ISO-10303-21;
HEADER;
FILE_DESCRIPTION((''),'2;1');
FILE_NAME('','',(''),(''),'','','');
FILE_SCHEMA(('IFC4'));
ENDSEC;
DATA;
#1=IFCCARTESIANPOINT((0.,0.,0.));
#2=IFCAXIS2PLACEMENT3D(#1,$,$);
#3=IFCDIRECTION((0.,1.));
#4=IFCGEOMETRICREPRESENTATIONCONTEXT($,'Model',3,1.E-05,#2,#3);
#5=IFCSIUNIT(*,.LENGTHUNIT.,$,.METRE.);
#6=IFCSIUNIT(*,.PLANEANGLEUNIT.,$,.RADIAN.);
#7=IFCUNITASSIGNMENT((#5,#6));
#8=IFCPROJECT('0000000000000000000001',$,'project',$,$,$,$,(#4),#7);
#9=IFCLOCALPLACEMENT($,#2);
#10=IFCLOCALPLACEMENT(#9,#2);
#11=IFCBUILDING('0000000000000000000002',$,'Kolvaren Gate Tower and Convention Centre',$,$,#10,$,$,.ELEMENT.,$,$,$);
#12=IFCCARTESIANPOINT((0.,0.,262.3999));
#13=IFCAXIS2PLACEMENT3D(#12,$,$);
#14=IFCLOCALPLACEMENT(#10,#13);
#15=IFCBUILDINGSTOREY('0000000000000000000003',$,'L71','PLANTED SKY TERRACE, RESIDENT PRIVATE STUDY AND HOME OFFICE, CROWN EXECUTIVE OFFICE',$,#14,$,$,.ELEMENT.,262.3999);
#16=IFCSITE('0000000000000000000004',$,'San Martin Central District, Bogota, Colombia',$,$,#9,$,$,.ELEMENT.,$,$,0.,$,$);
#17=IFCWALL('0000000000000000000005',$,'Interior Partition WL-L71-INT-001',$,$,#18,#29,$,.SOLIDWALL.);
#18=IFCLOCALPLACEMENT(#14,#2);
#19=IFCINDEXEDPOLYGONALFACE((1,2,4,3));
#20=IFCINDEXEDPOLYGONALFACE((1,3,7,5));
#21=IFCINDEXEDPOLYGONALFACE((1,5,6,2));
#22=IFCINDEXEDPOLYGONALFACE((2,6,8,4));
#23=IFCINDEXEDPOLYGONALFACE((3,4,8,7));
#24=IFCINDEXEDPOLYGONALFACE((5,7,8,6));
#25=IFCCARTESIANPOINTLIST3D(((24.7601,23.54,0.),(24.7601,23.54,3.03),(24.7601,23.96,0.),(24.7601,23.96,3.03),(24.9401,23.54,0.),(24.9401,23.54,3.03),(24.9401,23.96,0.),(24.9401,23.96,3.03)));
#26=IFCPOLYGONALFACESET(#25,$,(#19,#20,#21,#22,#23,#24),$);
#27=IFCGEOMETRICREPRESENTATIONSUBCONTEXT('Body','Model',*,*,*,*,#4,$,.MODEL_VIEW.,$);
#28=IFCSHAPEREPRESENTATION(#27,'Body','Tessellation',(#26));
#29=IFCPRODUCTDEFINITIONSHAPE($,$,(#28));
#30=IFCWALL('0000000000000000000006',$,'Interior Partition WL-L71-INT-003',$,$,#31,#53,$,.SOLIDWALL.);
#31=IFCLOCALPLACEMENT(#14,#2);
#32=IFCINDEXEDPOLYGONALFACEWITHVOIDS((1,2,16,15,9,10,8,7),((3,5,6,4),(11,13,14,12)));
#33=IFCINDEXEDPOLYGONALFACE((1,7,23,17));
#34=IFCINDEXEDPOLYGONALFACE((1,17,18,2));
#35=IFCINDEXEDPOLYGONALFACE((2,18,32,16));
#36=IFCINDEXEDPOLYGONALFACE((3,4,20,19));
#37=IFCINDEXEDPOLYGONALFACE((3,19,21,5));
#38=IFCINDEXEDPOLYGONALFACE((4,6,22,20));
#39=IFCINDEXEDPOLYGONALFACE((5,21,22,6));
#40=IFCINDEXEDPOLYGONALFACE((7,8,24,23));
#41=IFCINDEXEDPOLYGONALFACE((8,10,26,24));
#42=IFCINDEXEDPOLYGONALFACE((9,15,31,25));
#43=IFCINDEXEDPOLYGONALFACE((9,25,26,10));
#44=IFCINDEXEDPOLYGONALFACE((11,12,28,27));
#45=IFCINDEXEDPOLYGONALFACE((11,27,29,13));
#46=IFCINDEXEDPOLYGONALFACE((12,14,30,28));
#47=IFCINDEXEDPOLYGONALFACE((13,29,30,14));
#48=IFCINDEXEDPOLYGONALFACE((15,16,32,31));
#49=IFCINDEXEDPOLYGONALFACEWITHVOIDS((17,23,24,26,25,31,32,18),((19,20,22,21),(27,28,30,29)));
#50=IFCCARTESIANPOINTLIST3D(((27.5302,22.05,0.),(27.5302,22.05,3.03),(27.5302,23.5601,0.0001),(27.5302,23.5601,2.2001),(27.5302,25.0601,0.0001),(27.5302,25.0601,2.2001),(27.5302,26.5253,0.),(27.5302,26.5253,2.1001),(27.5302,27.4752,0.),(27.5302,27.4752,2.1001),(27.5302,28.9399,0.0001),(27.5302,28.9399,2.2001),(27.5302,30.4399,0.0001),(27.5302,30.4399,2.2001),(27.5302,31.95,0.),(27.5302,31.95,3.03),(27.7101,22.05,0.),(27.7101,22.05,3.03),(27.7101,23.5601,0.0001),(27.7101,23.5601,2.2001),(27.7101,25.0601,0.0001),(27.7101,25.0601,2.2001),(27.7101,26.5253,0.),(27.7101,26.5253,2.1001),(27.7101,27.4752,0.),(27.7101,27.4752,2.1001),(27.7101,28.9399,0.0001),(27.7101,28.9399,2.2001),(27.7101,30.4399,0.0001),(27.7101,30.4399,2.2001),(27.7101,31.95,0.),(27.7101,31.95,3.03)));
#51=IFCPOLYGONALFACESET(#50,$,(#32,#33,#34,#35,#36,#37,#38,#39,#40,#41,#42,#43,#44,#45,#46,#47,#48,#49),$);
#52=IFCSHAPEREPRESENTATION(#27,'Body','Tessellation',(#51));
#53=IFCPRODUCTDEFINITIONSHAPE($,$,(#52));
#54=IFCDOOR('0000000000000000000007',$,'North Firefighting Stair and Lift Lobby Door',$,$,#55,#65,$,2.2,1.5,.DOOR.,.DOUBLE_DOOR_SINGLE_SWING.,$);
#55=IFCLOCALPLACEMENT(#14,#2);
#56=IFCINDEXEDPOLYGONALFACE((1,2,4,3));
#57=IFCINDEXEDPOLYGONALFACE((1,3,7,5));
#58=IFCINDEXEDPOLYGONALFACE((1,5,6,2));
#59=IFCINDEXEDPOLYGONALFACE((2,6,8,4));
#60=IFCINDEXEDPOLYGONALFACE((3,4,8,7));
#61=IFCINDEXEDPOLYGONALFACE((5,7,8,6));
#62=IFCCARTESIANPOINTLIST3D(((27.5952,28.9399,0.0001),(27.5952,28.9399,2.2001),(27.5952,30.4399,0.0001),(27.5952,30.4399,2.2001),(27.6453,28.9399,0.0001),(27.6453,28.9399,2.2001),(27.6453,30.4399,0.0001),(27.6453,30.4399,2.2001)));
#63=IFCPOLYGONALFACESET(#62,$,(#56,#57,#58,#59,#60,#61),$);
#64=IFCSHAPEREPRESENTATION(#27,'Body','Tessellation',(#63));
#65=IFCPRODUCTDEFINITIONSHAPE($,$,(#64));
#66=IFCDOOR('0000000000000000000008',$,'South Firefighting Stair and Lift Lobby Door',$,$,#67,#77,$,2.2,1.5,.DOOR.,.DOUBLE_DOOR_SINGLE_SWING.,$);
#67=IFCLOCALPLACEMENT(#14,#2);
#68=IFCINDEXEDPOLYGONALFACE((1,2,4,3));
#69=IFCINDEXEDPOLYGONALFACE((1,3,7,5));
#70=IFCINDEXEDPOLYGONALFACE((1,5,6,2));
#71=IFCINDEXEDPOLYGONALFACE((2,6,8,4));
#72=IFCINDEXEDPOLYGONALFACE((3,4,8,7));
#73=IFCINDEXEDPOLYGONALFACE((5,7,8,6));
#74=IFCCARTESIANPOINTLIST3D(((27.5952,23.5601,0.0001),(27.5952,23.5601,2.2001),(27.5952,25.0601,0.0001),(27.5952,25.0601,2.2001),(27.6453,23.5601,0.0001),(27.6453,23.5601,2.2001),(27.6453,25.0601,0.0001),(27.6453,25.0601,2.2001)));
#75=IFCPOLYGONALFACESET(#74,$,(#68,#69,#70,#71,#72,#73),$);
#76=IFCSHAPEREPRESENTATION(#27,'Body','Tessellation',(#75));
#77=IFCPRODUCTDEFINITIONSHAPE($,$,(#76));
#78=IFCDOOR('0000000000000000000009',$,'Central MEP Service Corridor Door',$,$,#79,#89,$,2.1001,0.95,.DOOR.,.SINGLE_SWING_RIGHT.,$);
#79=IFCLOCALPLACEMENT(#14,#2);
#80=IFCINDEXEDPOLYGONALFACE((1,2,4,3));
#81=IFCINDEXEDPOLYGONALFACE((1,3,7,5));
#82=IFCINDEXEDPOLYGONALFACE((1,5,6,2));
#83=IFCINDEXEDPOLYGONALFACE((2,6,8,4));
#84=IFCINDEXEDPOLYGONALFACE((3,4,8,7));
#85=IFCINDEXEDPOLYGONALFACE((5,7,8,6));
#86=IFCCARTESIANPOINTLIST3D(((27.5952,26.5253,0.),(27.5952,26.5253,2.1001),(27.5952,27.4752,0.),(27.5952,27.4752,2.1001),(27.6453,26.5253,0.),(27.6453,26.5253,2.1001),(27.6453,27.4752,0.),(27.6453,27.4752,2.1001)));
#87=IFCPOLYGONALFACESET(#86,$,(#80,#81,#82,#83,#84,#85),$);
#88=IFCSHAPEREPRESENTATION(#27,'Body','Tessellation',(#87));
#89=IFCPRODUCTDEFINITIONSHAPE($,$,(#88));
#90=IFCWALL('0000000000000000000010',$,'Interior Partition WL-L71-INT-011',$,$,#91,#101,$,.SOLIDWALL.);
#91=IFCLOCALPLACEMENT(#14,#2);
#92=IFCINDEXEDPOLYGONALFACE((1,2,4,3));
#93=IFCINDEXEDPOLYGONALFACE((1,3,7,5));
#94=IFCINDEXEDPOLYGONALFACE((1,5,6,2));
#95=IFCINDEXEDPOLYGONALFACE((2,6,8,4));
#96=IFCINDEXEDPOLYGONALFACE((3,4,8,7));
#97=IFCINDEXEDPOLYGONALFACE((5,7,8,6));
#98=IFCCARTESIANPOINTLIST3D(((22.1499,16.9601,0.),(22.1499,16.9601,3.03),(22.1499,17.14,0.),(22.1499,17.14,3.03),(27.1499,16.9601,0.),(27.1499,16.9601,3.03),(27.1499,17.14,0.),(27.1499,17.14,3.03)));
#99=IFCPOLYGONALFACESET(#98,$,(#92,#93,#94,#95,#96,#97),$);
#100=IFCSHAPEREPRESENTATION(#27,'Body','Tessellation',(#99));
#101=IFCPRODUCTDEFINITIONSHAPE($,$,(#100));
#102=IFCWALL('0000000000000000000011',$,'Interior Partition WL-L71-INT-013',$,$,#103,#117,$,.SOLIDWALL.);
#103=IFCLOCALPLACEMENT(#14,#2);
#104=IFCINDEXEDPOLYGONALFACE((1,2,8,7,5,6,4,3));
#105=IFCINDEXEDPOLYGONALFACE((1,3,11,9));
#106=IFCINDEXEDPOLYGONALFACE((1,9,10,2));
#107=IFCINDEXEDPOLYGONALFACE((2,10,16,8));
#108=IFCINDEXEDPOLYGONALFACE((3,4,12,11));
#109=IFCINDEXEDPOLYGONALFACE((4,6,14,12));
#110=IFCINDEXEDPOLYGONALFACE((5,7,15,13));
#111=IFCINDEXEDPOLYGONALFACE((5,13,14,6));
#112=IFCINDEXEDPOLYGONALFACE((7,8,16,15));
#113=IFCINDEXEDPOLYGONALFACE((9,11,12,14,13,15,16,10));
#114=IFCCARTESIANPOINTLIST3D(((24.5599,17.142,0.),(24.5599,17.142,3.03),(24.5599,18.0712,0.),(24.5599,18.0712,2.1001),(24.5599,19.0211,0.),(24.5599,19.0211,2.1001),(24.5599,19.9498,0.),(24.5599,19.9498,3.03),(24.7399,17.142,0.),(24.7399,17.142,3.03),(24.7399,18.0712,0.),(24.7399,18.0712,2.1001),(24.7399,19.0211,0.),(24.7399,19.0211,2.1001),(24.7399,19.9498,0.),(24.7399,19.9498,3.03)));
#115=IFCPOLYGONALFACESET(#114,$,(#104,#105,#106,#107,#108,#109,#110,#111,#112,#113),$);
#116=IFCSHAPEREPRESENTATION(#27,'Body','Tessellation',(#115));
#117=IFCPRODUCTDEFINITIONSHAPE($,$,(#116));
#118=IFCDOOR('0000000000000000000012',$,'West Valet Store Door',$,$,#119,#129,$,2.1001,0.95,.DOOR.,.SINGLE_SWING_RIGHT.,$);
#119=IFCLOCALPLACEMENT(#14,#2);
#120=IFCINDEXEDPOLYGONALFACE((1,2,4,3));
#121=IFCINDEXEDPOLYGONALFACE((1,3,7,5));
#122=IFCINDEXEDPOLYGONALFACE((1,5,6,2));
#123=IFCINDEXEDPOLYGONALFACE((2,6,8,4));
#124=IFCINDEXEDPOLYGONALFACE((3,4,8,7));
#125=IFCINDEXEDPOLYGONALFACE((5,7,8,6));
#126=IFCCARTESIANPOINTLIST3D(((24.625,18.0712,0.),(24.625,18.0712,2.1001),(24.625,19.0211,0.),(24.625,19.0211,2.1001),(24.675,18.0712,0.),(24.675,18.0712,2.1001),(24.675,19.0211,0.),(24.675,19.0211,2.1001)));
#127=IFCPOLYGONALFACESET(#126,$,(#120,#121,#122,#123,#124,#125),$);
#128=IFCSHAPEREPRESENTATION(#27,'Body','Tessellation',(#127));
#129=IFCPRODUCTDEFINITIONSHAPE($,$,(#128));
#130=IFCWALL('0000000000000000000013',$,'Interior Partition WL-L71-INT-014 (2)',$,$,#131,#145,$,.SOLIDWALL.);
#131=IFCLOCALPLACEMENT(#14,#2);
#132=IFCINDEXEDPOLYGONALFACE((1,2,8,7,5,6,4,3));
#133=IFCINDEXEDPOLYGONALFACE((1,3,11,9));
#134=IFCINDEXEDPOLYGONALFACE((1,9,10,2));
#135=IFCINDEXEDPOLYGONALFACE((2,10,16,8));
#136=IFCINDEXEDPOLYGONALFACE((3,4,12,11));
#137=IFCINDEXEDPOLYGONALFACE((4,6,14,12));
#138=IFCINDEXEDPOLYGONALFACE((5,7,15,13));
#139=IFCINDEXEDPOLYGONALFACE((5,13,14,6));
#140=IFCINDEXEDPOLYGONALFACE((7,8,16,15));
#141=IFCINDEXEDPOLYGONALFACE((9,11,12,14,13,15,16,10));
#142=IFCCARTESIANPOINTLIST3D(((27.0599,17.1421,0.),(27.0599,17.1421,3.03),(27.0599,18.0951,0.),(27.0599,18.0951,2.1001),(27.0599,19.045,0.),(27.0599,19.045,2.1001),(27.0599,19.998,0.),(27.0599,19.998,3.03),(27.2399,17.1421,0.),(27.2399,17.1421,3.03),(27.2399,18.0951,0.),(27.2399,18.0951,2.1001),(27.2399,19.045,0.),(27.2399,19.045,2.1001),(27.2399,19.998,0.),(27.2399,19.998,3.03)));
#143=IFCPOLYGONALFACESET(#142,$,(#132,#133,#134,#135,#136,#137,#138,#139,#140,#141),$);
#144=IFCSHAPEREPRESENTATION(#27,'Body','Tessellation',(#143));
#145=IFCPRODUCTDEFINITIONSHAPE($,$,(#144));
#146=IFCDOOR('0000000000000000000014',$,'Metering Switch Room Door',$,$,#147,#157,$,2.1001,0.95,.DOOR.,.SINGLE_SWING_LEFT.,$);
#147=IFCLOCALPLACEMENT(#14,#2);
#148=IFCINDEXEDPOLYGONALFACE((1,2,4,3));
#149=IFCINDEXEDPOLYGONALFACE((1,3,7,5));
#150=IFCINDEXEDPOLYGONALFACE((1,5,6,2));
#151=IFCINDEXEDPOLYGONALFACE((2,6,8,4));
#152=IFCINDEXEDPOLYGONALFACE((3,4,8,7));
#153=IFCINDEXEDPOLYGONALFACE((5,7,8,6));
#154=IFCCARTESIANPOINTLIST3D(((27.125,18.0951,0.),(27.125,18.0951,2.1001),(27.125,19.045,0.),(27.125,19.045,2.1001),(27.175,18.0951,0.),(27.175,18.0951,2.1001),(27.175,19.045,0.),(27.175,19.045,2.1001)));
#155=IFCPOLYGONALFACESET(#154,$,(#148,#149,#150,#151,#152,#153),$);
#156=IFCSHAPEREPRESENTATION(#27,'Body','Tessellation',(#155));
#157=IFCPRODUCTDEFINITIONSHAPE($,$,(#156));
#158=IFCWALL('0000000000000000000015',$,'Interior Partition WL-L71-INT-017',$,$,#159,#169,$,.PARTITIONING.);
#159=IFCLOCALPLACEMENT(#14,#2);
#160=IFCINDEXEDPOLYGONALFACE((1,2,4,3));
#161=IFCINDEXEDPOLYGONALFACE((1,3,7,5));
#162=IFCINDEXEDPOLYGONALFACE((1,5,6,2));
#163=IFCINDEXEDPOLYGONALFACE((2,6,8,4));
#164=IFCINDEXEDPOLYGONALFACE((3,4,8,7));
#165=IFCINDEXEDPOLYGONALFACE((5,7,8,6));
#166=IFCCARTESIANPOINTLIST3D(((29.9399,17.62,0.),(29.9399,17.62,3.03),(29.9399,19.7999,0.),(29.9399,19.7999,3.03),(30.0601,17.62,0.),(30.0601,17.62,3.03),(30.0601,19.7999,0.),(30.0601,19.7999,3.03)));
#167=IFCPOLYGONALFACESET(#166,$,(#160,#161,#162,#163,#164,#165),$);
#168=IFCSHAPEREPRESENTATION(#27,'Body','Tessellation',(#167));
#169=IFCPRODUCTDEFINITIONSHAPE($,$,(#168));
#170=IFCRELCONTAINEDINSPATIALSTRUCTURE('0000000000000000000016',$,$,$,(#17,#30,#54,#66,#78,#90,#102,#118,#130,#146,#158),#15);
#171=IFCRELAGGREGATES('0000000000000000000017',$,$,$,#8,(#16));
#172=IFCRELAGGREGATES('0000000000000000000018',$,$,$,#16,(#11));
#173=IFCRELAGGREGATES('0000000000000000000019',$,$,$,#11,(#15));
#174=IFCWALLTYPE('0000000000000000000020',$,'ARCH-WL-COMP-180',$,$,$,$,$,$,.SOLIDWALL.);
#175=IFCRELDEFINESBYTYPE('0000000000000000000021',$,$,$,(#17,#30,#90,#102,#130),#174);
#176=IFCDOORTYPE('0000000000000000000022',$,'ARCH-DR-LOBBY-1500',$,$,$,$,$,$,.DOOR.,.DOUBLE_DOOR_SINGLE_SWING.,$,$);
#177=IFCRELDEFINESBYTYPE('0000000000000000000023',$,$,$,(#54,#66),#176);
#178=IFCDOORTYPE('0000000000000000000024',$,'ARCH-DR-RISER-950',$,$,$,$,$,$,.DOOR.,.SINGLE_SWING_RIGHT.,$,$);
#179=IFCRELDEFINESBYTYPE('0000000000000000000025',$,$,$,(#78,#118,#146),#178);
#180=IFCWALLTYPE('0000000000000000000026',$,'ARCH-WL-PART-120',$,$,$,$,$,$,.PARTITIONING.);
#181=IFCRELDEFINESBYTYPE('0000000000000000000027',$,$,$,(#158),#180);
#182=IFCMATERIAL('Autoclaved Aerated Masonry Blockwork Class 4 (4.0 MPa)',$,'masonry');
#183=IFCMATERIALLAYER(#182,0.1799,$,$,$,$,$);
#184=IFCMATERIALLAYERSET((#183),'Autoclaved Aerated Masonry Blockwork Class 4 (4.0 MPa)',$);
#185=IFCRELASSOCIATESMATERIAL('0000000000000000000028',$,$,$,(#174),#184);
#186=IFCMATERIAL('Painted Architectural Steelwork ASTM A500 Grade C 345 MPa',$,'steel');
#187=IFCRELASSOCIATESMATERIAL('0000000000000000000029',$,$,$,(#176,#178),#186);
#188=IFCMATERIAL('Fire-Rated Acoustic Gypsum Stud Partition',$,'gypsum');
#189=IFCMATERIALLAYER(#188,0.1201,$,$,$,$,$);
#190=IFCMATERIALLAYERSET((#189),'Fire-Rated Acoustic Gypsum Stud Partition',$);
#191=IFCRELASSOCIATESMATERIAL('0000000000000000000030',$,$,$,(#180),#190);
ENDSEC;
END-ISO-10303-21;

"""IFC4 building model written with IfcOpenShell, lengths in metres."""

from ifc_helpers import new_model, si_unit, direction, frame, frame_2d, origin, place, context, subcontext, project, spatial, rectangle, extrude, material, layer, layer_set, type_object, element, fill, save


model = new_model("IFC4")

# Units and contexts
model_context = context("Model", 3, precision=1e-05, world=origin(), true_north=direction((0.0, 1.0)))
body_context = subcontext(model_context, "Body", "Model", "MODEL_VIEW")
ifc_project = project(units=[si_unit("LENGTHUNIT", "METRE"), si_unit("PLANEANGLEUNIT", "RADIAN")], contexts=[model_context])

# Site, building, storey
site_placement = place(None, origin())
site = spatial("IfcSite", under=ifc_project, at=site_placement, Name="San Martin Central District, Bogota, Colombia", CompositionType="ELEMENT", RefElevation=0.0)
building_placement = place(site_placement, origin())
building = spatial("IfcBuilding", under=site, at=building_placement, Name="Kolvaren Gate Tower and Convention Centre", CompositionType="ELEMENT")
storey_placement = place(building_placement, frame((0.0, 0.0, 262.3999)))
storey = spatial("IfcBuildingStorey", under=building, at=storey_placement, Name="L71", Description="PLANTED SKY TERRACE, RESIDENT PRIVATE STUDY AND HOME OFFICE, CROWN EXECUTIVE OFFICE", CompositionType="ELEMENT", Elevation=262.3999)

# Wall
ifc_material_1 = material(Name="Autoclaved Aerated Masonry Blockwork Class 4 (4.0 MPa)", Category="masonry")
ifc_layer_1 = layer(ifc_material_1, 0.1799)
ifc_layer_set_1 = layer_set([ifc_layer_1], Name="Autoclaved Aerated Masonry Blockwork Class 4 (4.0 MPa)")
wall_type_1 = type_object("IfcWallType", Name="ARCH-WL-COMP-180", PredefinedType="SOLIDWALL", material=ifc_layer_set_1)
wall_1_placement = place(storey_placement, frame((24.8501, 23.54, 0.0), z_axis=(0.0, 0.0, 1.0), x_axis=(0.0, 1.0, 0.0)))
element("IfcWall", 1, at=wall_1_placement, inside=storey, type_object=wall_type_1, Name="Interior Partition WL-L71-INT-001", PredefinedType="SOLIDWALL", context=body_context, shape_type="SweptSolid", body=[
    extrude(rectangle(XDim=0.4199, YDim=0.1799, at=frame_2d((0.21, 0.0))), origin(), (0.0, 0.0, 1.0), 3.03),
])

# Wall, openings, doors
wall_2_placement = place(storey_placement, frame((27.6201, 22.05, 0.0), z_axis=(0.0, 0.0, 1.0), x_axis=(0.0, 1.0, 0.0)))
wall_2 = element("IfcWall", 2, at=wall_2_placement, inside=storey, type_object=wall_type_1, Name="Interior Partition WL-L71-INT-003", PredefinedType="SOLIDWALL", context=body_context, shape_type="SweptSolid", body=[
    extrude(rectangle(XDim=9.8999, YDim=0.1799, at=frame_2d((4.95, 0.0))), origin(), (0.0, 0.0, 1.0), 3.03),
])
opening_1_placement = place(wall_2_placement, frame((4.4751, 0.0, 0.0)))
opening_1 = element("IfcOpeningElement", 3, at=opening_1_placement, cuts=wall_2, PredefinedType="OPENING", context=body_context, shape_type="SweptSolid", body=[
    extrude(rectangle(XDim=0.95, YDim=2.1001, at=frame_2d((0.4751, 1.05))), frame((0.0, 0.0999, 0.0), z_axis=(0.0, -1.0, 0.0), x_axis=(1.0, 0.0, 0.0)), (0.0, 0.0, 1.0), 0.2),
])
opening_2_placement = place(wall_2_placement, frame((6.8899, 0.0, 0.0)))
opening_2 = element("IfcOpeningElement", 4, at=opening_2_placement, cuts=wall_2, PredefinedType="OPENING", context=body_context, shape_type="SweptSolid", body=[
    extrude(rectangle(XDim=1.5, YDim=2.2, at=frame_2d((0.75, 1.1001))), frame((0.0, 0.0999, 0.0), z_axis=(0.0, -1.0, 0.0), x_axis=(1.0, 0.0, 0.0)), (0.0, 0.0, 1.0), 0.2),
])
opening_3_placement = place(wall_2_placement, frame((1.51, 0.0, 0.0)))
opening_3 = element("IfcOpeningElement", 5, at=opening_3_placement, cuts=wall_2, PredefinedType="OPENING", context=body_context, shape_type="SweptSolid", body=[
    extrude(rectangle(XDim=1.5, YDim=2.2, at=frame_2d((0.75, 1.1001))), frame((0.0, 0.0999, 0.0), z_axis=(0.0, -1.0, 0.0), x_axis=(1.0, 0.0, 0.0)), (0.0, 0.0, 1.0), 0.2),
])
ifc_material_2 = material(Name="Painted Architectural Steelwork ASTM A500 Grade C 345 MPa", Category="steel")
door_type_1 = type_object("IfcDoorType", Name="ARCH-DR-LOBBY-1500", OperationType="DOUBLE_DOOR_SINGLE_SWING", PredefinedType="DOOR", material=ifc_material_2)
door_1_placement = place(opening_2_placement, origin())
door_1 = element("IfcDoor", 6, at=door_1_placement, inside=storey, type_object=door_type_1, Name="North Firefighting Stair and Lift Lobby Door", OperationType="DOUBLE_DOOR_SINGLE_SWING", OverallHeight=2.2, OverallWidth=1.5, PredefinedType="DOOR", context=body_context, shape_type="SweptSolid", body=[
    extrude(rectangle(XDim=1.5, YDim=2.2, at=frame_2d((0.75, 1.1001))), frame((0.0, 0.0249, 0.0), z_axis=(0.0, -1.0, 0.0), x_axis=(1.0, 0.0, 0.0)), (0.0, 0.0, 1.0), 0.05),
])
fill(opening_2, door_1)
door_2_placement = place(opening_3_placement, origin())
door_2 = element("IfcDoor", 7, at=door_2_placement, inside=storey, type_object=door_type_1, Name="South Firefighting Stair and Lift Lobby Door", OperationType="DOUBLE_DOOR_SINGLE_SWING", OverallHeight=2.2, OverallWidth=1.5, PredefinedType="DOOR", context=body_context, shape_type="SweptSolid", body=[
    extrude(rectangle(XDim=1.5, YDim=2.2, at=frame_2d((0.75, 1.1001))), frame((0.0, 0.0249, 0.0), z_axis=(0.0, -1.0, 0.0), x_axis=(1.0, 0.0, 0.0)), (0.0, 0.0, 1.0), 0.05),
])
fill(opening_3, door_2)
door_type_2 = type_object("IfcDoorType", Name="ARCH-DR-RISER-950", OperationType="SINGLE_SWING_RIGHT", PredefinedType="DOOR", material=ifc_material_2)
door_3_placement = place(opening_1_placement, origin())
door_3 = element("IfcDoor", 8, at=door_3_placement, inside=storey, type_object=door_type_2, Name="Central MEP Service Corridor Door", OperationType="SINGLE_SWING_RIGHT", OverallHeight=2.1001, OverallWidth=0.95, PredefinedType="DOOR", context=body_context, shape_type="SweptSolid", body=[
    extrude(rectangle(XDim=0.95, YDim=2.1001, at=frame_2d((0.4751, 1.05))), frame((0.0, 0.0249, 0.0), z_axis=(0.0, -1.0, 0.0), x_axis=(1.0, 0.0, 0.0)), (0.0, 0.0, 1.0), 0.05),
])
fill(opening_1, door_3)

# Wall
wall_3_placement = place(storey_placement, frame((22.1499, 17.05, 0.0), z_axis=(0.0, 0.0, 1.0), x_axis=(1.0, 0.0, 0.0)))
element("IfcWall", 9, at=wall_3_placement, inside=storey, type_object=wall_type_1, Name="Interior Partition WL-L71-INT-011", PredefinedType="SOLIDWALL", context=body_context, shape_type="SweptSolid", body=[
    extrude(rectangle(XDim=5.0, YDim=0.1799, at=frame_2d((2.5, 0.0))), origin(), (0.0, 0.0, 1.0), 3.03),
])

# Walls, openings, doors
wall_4_placement = place(storey_placement, frame((24.6499, 17.1421, 0.0), z_axis=(0.0, 0.0, 1.0), x_axis=(0.0, 1.0, 0.0)))
wall_4 = element("IfcWall", 10, at=wall_4_placement, inside=storey, type_object=wall_type_1, Name="Interior Partition WL-L71-INT-013", PredefinedType="SOLIDWALL", context=body_context, shape_type="SweptSolid", body=[
    extrude(rectangle(XDim=2.8079, YDim=0.1799, at=frame_2d((1.4038, 0.0))), origin(), (0.0, 0.0, 1.0), 3.03),
])
opening_4_placement = place(wall_4_placement, frame((0.929, 0.0, 0.0)))
opening_4 = element("IfcOpeningElement", 11, at=opening_4_placement, cuts=wall_4, PredefinedType="OPENING", context=body_context, shape_type="SweptSolid", body=[
    extrude(rectangle(XDim=0.95, YDim=2.1001, at=frame_2d((0.4751, 1.05))), frame((0.0, 0.0999, 0.0), z_axis=(0.0, -1.0, 0.0), x_axis=(1.0, 0.0, 0.0)), (0.0, 0.0, 1.0), 0.2),
])
door_4_placement = place(opening_4_placement, origin())
door_4 = element("IfcDoor", 12, at=door_4_placement, inside=storey, type_object=door_type_2, Name="West Valet Store Door", OperationType="SINGLE_SWING_RIGHT", OverallHeight=2.1001, OverallWidth=0.95, PredefinedType="DOOR", context=body_context, shape_type="SweptSolid", body=[
    extrude(rectangle(XDim=0.95, YDim=2.1001, at=frame_2d((0.4751, 1.05))), frame((0.0, 0.0249, 0.0), z_axis=(0.0, -1.0, 0.0), x_axis=(1.0, 0.0, 0.0)), (0.0, 0.0, 1.0), 0.05),
])
fill(opening_4, door_4)
wall_5_placement = place(storey_placement, frame((27.1499, 17.1421, 0.0), z_axis=(0.0, 0.0, 1.0), x_axis=(0.0, 1.0, 0.0)))
wall_5 = element("IfcWall", 13, at=wall_5_placement, inside=storey, type_object=wall_type_1, Name="Interior Partition WL-L71-INT-014 (2)", PredefinedType="SOLIDWALL", context=body_context, shape_type="SweptSolid", body=[
    extrude(rectangle(XDim=2.856, YDim=0.1799, at=frame_2d((1.428, 0.0))), origin(), (0.0, 0.0, 1.0), 3.03),
])
opening_5_placement = place(wall_5_placement, frame((0.9529, 0.0, 0.0)))
opening_5 = element("IfcOpeningElement", 14, at=opening_5_placement, cuts=wall_5, PredefinedType="OPENING", context=body_context, shape_type="SweptSolid", body=[
    extrude(rectangle(XDim=0.95, YDim=2.1001, at=frame_2d((0.4751, 1.05))), frame((0.0, 0.0999, 0.0), z_axis=(0.0, -1.0, 0.0), x_axis=(1.0, 0.0, 0.0)), (0.0, 0.0, 1.0), 0.2),
])
door_5_placement = place(opening_5_placement, origin())
door_5 = element("IfcDoor", 15, at=door_5_placement, inside=storey, type_object=door_type_2, Name="Metering Switch Room Door", OperationType="SINGLE_SWING_LEFT", OverallHeight=2.1001, OverallWidth=0.95, PredefinedType="DOOR", context=body_context, shape_type="SweptSolid", body=[
    extrude(rectangle(XDim=0.95, YDim=2.1001, at=frame_2d((0.4751, 1.05))), frame((0.0, 0.0249, 0.0), z_axis=(0.0, -1.0, 0.0), x_axis=(1.0, 0.0, 0.0)), (0.0, 0.0, 1.0), 0.05),
])
fill(opening_5, door_5)

# Wall
ifc_material_3 = material(Name="Fire-Rated Acoustic Gypsum Stud Partition", Category="gypsum")
ifc_layer_2 = layer(ifc_material_3, 0.1201)
ifc_layer_set_2 = layer_set([ifc_layer_2], Name="Fire-Rated Acoustic Gypsum Stud Partition")
wall_type_2 = type_object("IfcWallType", Name="ARCH-WL-PART-120", PredefinedType="PARTITIONING", material=ifc_layer_set_2)
wall_6_placement = place(storey_placement, frame((30.0, 17.6201, 0.0), z_axis=(0.0, 0.0, 1.0), x_axis=(0.0, 1.0, 0.0)))
element("IfcWall", 16, at=wall_6_placement, inside=storey, type_object=wall_type_2, Name="Interior Partition WL-L71-INT-017", PredefinedType="PARTITIONING", context=body_context, shape_type="SweptSolid", body=[
    extrude(rectangle(XDim=2.1799, YDim=0.1201, at=frame_2d((1.0898, 0.0))), origin(), (0.0, 0.0, 1.0), 3.03),
])

save(model, "model.ifc")
